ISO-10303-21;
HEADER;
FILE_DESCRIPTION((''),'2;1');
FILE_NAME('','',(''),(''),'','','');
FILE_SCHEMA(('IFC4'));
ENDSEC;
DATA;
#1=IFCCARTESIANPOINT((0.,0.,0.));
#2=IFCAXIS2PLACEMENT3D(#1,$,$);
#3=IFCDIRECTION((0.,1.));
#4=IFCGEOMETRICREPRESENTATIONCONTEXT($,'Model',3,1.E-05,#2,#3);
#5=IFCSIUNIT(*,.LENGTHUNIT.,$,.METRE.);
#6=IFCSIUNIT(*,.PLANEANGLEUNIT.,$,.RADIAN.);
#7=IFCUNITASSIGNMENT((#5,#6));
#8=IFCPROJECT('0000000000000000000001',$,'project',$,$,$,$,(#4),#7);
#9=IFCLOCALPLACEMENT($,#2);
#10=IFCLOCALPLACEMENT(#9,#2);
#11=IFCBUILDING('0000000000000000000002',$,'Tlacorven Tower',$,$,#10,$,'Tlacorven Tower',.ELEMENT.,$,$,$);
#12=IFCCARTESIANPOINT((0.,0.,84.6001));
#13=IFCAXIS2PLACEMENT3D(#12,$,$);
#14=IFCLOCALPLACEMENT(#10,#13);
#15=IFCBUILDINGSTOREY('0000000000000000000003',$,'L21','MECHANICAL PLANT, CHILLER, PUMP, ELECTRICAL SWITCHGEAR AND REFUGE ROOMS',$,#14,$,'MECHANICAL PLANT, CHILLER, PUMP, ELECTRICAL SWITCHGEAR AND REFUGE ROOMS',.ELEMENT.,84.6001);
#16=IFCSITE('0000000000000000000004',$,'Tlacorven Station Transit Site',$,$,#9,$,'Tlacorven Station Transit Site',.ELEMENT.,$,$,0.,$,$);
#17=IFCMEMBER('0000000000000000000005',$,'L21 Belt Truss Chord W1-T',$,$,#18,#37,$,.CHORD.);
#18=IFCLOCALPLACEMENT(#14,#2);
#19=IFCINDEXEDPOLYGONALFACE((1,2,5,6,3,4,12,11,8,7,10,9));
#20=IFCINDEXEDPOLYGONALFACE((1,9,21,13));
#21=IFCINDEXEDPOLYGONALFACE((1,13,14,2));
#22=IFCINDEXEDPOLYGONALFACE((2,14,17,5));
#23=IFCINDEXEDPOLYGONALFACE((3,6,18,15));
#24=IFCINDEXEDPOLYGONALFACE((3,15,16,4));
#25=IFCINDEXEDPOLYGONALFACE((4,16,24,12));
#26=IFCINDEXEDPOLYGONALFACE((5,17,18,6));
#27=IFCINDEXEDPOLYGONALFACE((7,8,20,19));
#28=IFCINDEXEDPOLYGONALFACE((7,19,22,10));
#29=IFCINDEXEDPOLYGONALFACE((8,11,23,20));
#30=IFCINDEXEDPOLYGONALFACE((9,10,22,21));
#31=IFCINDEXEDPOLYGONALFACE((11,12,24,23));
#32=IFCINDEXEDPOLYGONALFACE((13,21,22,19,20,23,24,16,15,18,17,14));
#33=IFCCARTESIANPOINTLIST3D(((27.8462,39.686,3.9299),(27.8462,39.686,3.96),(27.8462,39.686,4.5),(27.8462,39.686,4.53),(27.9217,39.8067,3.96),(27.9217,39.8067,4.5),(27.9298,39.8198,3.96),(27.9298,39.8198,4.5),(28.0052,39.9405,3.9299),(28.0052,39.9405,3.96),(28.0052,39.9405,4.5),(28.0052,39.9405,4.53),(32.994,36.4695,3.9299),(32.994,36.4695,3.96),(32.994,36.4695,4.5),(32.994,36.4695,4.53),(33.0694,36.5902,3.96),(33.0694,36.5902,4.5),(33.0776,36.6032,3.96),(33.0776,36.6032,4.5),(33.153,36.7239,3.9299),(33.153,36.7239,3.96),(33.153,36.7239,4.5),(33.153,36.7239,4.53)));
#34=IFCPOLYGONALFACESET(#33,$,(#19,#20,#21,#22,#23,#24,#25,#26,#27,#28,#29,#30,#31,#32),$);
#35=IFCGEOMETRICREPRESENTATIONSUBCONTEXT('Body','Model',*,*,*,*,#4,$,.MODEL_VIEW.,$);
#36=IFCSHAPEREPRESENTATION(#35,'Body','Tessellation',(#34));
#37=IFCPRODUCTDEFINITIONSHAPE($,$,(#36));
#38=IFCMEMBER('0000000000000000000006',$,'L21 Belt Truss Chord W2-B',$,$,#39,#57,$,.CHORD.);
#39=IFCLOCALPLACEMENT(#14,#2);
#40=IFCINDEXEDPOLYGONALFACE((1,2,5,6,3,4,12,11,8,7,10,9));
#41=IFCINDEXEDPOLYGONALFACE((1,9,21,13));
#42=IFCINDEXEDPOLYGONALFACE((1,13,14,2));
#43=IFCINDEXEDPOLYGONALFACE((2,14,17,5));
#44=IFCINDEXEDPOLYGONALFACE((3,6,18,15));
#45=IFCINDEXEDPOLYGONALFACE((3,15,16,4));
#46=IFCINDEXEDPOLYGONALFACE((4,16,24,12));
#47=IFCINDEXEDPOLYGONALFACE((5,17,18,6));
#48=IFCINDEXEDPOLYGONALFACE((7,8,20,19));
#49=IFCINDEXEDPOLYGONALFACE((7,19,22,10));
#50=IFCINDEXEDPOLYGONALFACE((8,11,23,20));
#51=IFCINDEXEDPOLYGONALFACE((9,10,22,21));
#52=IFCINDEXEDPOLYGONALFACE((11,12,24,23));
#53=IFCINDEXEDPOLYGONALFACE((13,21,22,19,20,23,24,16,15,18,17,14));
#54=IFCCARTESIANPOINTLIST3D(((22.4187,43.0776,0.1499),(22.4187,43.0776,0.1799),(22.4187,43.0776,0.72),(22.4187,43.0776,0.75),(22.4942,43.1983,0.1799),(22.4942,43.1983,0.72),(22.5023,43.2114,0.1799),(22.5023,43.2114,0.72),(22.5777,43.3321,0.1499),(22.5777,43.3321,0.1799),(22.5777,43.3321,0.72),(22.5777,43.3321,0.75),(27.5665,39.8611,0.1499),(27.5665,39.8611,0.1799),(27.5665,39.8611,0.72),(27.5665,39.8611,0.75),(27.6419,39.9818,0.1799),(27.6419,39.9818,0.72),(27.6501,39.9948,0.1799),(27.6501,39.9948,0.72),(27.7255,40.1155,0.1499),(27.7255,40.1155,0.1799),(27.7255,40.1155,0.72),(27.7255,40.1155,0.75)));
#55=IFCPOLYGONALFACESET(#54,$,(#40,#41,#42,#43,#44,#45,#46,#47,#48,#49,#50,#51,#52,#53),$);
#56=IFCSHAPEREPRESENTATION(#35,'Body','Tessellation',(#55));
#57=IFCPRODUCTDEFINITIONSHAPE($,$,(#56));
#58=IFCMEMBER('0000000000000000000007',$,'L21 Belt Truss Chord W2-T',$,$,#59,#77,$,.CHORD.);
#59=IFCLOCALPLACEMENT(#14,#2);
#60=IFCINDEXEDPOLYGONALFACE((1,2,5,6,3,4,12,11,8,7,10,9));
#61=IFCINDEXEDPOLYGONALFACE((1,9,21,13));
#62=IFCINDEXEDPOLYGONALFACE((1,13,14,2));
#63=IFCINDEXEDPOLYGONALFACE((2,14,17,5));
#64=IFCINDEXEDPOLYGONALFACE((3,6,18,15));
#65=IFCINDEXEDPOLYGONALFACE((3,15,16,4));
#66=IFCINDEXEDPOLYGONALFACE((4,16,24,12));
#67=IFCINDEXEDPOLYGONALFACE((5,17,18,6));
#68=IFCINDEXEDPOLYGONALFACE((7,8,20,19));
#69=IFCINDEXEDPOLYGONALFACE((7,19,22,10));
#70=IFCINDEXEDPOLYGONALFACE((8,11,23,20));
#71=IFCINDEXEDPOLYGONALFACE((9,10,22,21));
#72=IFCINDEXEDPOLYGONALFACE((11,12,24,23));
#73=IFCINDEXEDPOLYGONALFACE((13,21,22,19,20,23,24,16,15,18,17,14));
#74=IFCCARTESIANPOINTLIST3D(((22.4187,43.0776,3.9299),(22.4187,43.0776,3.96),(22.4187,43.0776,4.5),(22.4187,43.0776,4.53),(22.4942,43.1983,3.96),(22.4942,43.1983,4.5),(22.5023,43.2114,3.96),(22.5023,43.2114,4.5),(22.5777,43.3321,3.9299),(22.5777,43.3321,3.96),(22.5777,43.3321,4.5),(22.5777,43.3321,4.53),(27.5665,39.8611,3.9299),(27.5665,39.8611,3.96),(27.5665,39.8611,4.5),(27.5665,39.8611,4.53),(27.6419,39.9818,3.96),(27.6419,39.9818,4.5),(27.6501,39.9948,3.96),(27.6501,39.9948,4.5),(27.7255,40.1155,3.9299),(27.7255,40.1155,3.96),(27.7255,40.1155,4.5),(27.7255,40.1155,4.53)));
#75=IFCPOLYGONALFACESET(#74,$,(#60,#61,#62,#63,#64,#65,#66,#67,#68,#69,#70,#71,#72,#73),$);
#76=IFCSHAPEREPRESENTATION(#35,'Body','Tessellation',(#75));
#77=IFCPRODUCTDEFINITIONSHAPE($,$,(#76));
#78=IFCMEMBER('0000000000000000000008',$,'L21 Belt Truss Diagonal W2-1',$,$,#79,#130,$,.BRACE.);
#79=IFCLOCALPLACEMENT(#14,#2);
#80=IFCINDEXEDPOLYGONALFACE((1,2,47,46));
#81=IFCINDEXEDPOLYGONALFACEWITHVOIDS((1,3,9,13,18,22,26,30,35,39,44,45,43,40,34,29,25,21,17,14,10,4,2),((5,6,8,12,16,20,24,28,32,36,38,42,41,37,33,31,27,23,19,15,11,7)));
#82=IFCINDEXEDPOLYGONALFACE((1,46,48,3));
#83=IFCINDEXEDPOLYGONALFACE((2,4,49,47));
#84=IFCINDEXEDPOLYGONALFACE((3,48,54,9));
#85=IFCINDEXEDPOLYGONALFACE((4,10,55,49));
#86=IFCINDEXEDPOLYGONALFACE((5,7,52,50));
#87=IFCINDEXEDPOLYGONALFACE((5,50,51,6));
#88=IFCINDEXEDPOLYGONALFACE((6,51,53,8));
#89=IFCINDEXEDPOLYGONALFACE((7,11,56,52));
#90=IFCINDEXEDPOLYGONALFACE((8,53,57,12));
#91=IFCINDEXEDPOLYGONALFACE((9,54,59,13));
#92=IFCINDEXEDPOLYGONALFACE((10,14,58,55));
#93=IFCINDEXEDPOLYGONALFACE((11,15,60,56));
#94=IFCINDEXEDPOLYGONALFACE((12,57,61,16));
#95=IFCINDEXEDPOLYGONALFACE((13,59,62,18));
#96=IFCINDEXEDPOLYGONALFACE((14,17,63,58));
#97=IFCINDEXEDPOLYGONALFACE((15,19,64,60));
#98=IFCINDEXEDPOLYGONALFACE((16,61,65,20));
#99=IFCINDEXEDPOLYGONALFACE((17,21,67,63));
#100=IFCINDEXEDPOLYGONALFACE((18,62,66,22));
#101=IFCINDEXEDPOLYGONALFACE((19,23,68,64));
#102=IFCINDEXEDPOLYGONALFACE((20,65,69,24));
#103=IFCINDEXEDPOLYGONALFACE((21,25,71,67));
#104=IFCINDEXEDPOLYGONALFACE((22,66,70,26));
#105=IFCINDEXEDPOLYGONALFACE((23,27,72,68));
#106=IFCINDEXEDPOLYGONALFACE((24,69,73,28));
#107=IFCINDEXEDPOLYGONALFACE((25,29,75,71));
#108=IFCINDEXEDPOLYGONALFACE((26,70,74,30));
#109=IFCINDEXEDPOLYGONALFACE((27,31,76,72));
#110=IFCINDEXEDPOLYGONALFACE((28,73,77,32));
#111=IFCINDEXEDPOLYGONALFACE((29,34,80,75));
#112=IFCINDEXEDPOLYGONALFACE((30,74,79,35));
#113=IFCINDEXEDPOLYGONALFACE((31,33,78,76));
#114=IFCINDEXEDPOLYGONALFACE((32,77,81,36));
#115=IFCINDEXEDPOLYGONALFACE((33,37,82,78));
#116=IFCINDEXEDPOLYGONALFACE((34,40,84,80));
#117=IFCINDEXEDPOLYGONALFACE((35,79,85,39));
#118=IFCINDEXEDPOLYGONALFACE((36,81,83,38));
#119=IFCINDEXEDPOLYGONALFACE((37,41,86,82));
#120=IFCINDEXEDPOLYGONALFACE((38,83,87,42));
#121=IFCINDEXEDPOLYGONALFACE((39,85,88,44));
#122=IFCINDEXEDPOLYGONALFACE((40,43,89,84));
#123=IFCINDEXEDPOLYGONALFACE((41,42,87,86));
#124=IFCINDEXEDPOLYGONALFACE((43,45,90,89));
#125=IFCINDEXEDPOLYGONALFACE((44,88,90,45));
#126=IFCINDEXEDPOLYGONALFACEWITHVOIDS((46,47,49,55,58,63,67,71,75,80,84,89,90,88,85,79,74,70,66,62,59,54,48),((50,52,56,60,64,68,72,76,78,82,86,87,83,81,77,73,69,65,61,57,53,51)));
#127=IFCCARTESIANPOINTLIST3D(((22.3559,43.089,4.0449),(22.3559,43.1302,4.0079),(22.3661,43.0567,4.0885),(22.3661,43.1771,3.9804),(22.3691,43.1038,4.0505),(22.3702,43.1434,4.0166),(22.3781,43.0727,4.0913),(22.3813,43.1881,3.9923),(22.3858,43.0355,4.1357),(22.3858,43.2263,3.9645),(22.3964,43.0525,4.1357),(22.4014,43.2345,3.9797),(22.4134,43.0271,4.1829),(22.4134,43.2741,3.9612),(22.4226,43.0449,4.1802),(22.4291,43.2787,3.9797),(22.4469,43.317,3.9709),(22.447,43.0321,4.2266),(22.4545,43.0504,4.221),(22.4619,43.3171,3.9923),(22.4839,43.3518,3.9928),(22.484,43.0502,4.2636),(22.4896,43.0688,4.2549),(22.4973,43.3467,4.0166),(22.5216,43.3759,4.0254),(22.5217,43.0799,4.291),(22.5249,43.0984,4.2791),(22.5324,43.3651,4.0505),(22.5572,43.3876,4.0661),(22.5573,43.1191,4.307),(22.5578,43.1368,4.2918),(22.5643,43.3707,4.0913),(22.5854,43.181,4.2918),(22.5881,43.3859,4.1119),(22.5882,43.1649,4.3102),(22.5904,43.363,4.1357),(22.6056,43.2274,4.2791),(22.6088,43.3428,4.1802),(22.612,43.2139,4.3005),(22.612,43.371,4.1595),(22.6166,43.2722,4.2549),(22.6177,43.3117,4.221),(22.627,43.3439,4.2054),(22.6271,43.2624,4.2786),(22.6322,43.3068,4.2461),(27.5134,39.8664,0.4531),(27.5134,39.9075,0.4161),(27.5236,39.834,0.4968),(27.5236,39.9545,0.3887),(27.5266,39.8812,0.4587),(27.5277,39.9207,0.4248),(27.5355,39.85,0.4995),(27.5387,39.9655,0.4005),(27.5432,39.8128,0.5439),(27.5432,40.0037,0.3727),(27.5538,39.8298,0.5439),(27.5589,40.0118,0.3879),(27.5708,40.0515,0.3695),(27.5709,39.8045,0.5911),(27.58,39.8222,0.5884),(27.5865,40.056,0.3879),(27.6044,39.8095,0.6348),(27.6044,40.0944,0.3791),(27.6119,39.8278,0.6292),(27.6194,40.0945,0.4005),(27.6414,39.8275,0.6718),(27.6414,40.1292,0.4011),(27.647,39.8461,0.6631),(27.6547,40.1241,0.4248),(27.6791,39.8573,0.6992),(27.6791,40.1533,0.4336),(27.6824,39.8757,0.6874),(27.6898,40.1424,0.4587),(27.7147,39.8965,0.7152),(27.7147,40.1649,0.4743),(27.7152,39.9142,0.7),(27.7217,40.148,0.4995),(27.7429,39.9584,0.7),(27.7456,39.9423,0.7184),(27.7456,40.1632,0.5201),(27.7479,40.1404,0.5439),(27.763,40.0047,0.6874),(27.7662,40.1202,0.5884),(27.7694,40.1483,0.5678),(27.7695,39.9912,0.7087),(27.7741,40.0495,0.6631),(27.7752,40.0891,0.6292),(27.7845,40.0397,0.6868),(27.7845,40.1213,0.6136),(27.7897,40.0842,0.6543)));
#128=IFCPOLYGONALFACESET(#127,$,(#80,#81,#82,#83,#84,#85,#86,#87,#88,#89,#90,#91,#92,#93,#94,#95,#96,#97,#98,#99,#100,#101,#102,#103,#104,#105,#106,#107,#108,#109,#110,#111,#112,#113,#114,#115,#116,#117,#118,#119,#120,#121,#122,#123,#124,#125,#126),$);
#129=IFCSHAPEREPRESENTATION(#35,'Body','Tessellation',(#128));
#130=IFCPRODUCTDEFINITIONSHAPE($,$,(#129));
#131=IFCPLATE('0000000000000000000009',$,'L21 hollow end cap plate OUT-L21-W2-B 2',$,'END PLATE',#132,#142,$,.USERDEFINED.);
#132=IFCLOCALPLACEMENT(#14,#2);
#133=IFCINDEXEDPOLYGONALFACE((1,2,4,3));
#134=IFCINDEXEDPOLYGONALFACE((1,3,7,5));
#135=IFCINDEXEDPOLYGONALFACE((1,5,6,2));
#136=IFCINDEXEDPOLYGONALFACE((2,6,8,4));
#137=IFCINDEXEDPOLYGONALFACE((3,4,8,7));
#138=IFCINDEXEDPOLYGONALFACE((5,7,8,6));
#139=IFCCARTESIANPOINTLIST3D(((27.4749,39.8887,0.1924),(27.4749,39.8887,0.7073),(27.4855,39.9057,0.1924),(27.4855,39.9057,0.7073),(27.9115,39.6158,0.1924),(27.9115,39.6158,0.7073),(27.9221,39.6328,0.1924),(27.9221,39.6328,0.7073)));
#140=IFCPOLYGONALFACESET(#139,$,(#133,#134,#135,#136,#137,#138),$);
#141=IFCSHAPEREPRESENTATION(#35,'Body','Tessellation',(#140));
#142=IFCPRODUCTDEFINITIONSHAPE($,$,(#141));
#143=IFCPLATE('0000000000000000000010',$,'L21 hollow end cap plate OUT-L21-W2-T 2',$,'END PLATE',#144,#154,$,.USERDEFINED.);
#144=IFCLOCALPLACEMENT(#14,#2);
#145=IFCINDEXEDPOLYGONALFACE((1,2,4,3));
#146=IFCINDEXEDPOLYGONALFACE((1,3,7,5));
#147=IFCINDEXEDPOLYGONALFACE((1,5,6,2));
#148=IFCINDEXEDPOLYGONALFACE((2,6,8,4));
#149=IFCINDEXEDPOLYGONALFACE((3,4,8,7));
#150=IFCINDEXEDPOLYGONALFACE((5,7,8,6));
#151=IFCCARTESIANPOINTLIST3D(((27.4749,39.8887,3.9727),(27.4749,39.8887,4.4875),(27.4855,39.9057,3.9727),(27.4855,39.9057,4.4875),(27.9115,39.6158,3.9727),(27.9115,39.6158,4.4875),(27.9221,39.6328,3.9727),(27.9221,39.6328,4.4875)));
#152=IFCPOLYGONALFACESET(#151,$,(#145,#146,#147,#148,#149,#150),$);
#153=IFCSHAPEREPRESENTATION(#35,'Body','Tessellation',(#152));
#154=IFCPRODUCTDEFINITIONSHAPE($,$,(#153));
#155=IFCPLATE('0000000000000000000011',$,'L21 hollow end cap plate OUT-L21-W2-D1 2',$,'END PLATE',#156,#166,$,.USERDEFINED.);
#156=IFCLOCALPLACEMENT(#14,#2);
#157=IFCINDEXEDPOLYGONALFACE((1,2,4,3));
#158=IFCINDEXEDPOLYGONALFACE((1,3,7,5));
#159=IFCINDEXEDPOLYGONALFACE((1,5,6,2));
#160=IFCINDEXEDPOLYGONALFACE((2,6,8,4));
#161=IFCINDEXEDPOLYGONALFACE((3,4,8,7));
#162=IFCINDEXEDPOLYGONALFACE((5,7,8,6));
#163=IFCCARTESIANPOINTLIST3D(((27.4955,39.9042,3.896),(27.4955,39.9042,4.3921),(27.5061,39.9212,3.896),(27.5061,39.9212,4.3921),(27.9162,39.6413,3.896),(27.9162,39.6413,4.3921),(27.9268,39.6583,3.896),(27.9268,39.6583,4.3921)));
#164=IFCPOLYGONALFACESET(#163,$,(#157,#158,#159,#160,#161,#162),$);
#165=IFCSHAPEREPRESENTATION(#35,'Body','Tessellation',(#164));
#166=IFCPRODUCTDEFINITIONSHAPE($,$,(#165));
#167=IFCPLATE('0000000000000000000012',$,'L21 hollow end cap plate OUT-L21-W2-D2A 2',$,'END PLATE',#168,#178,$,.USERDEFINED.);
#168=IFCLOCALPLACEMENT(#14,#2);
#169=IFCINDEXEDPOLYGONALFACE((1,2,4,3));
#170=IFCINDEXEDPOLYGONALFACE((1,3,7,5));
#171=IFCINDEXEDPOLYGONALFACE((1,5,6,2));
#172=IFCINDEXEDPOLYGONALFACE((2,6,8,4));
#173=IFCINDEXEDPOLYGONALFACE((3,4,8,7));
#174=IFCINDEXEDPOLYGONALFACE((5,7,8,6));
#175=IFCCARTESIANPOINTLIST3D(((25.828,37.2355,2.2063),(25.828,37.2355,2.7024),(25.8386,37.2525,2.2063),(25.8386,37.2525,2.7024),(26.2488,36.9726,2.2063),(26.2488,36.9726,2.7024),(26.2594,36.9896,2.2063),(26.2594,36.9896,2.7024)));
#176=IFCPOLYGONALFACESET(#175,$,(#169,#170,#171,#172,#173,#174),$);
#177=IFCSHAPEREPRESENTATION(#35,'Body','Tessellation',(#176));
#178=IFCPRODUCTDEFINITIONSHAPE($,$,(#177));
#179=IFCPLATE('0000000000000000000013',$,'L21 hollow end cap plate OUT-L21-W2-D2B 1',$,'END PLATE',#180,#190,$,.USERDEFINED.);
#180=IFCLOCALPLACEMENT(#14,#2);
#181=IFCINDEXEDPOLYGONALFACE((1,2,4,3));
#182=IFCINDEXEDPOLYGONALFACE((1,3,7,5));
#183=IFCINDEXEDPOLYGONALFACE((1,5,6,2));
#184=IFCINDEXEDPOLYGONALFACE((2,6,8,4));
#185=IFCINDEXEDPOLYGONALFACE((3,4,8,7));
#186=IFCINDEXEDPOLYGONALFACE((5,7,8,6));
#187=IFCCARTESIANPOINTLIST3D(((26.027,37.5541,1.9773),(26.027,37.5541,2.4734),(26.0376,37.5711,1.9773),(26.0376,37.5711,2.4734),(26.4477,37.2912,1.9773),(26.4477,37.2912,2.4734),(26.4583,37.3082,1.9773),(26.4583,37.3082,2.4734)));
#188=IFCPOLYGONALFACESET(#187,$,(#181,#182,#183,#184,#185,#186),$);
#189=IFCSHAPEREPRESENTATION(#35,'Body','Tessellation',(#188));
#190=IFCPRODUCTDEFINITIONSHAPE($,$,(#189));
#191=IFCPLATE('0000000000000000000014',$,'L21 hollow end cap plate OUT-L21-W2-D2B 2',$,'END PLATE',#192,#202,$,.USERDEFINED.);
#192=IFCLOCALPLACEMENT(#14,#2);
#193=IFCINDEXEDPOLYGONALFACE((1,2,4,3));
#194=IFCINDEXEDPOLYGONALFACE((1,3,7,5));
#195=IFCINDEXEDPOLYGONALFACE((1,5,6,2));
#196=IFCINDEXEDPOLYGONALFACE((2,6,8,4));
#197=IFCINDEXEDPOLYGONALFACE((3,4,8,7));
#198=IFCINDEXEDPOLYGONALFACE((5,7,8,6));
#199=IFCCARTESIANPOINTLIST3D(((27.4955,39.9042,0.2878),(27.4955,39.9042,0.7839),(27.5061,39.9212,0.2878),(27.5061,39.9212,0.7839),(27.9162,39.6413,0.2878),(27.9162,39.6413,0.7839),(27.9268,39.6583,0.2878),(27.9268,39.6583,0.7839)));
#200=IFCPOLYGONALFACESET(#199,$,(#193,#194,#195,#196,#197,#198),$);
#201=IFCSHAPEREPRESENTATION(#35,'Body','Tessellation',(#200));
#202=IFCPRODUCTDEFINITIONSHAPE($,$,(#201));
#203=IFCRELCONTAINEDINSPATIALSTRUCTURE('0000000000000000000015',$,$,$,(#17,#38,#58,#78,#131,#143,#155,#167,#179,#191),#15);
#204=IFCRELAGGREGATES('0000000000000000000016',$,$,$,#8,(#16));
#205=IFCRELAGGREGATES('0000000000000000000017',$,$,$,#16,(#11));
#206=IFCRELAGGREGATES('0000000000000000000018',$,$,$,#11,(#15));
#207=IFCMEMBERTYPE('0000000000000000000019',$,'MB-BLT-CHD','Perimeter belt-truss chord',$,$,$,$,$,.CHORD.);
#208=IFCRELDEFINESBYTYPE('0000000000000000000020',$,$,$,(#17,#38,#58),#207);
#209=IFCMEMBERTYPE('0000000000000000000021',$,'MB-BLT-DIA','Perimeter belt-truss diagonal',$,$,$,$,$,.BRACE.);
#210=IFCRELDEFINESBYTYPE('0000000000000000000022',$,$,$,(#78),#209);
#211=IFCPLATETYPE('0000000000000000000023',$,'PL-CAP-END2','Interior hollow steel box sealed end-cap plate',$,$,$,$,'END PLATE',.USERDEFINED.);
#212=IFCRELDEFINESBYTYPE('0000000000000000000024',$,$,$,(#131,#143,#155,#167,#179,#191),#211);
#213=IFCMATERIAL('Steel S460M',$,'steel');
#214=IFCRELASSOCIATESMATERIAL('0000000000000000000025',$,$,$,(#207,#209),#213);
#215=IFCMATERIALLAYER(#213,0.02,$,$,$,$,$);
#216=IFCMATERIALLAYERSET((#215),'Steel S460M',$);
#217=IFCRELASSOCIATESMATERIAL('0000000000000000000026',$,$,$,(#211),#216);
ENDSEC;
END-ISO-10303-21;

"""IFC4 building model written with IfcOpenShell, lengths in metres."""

from ifc_helpers import new_model, si_unit, direction, frame, origin, origin_2d, place, context, subcontext, project, spatial, rectangle, hollow_circle, i_section, extrude, source, transform, mapped, material, layer, layer_set, material_profile, profile_set, type_object, element, save


model = new_model("IFC4")

# Units and contexts
model_context = context("Model", 3, precision=1e-05, world=origin(), true_north=direction((0.0, 1.0)))
body_context = subcontext(model_context, "Body", "Model", "MODEL_VIEW")
ifc_project = project(units=[si_unit("LENGTHUNIT", "METRE"), si_unit("PLANEANGLEUNIT", "RADIAN")], contexts=[model_context])

# Site, building, storey
site_placement = place(None, origin())
site = spatial("IfcSite", under=ifc_project, at=site_placement, Name="Tlacorven Station Transit Site", LongName="Tlacorven Station Transit Site", CompositionType="ELEMENT", RefElevation=0.0)
building_placement = place(site_placement, origin())
building = spatial("IfcBuilding", under=site, at=building_placement, Name="Tlacorven Tower", LongName="Tlacorven Tower", CompositionType="ELEMENT")
storey_placement = place(building_placement, frame((0.0, 0.0, 84.6001)))
storey = spatial("IfcBuildingStorey", under=building, at=storey_placement, Name="L21", Description="MECHANICAL PLANT, CHILLER, PUMP, ELECTRICAL SWITCHGEAR AND REFUGE ROOMS", LongName="MECHANICAL PLANT, CHILLER, PUMP, ELECTRICAL SWITCHGEAR AND REFUGE ROOMS", CompositionType="ELEMENT", Elevation=84.6001)

# Shared definitions
ifc_material_1 = material(Name="Steel S460M", Category="steel")

# Members
ifc_material_profile_1 = material_profile(ifc_material_1, i_section(OverallWidth=0.3, OverallDepth=0.6001, WebThickness=0.0154, FlangeThickness=0.03, at=origin_2d()), Name="HEB 600")
ifc_profile_set_1 = profile_set([ifc_material_profile_1], Name="Steel S460M")
member_type_1 = type_object("IfcMemberType", Name="MB-BLT-CHD", Description="Perimeter belt-truss chord", PredefinedType="CHORD", material=ifc_profile_set_1)
shared_shape_1 = source(origin(), body_context, "Body", "SweptSolid", [
    extrude(i_section(OverallWidth=0.3, OverallDepth=0.6001, WebThickness=0.0154, FlangeThickness=0.03, at=origin_2d()), origin(), (0.0, 0.0, 1.0), 6.0701),
])
for number, where, z_axis, x_axis, name in (
    (1, (33.0735, 36.5967, 4.23), (-0.848055, 0.529909, 0.0), (-0.529909, -0.848055, 0.0), "L21 Belt Truss Chord W1-T"),
    (2, (27.646, 39.9883, 0.45), (-0.848055, 0.529909, 0.0), (-0.529909, -0.848055, 0.0), "L21 Belt Truss Chord W2-B"),
    (3, (27.646, 39.9883, 4.23), (-0.848055, 0.529909, 0.0), (-0.529909, -0.848055, 0.0), "L21 Belt Truss Chord W2-T"),
):
    element("IfcMember", number, at=place(storey_placement, frame(where, z_axis=z_axis, x_axis=x_axis)), inside=storey, type_object=member_type_1, Name=name, PredefinedType="CHORD", context=body_context, shape_type="MappedRepresentation", body=[
        mapped(shared_shape_1, transform((0.0, 0.0, 0.0), scale=1.0)),
    ])
ifc_material_profile_2 = material_profile(ifc_material_1, hollow_circle(Radius=0.2031, WallThickness=0.02, at=origin_2d()), Name="CHS 406.4X20")
ifc_profile_set_2 = profile_set([ifc_material_profile_2], Name="Steel S460M")
member_type_2 = type_object("IfcMemberType", Name="MB-BLT-DIA", Description="Perimeter belt-truss diagonal", PredefinedType="BRACE", material=ifc_profile_set_2)
shared_shape_2 = source(origin(), body_context, "Body", "SweptSolid", [
    extrude(hollow_circle(Radius=0.2031, WallThickness=0.02, at=origin_2d()), origin(), (0.0, 0.0, 1.0), 7.063),
])
member_1_placement = place(storey_placement, frame((27.6509, 39.9851, 0.5439), z_axis=(-0.730209, 0.456273, 0.508537), x_axis=(-0.529909, -0.848055, 0.0)))
element("IfcMember", 4, at=member_1_placement, inside=storey, type_object=member_type_2, Name="L21 Belt Truss Diagonal W2-1", PredefinedType="BRACE", context=body_context, shape_type="MappedRepresentation", body=[
    mapped(shared_shape_2, transform((0.0, 0.0, 0.0), scale=1.0)),
])

# Plates
ifc_layer_1 = layer(ifc_material_1, 0.02)
ifc_layer_set_1 = layer_set([ifc_layer_1], Name="Steel S460M")
plate_type_1 = type_object("IfcPlateType", Name="PL-CAP-END2", Description="Interior hollow steel box sealed end-cap plate", ElementType="END PLATE", PredefinedType="USERDEFINED", material=ifc_layer_set_1)
shared_shape_3 = source(origin(), body_context, "Body", "SweptSolid", [
    extrude(rectangle(XDim=0.02, YDim=0.5149, at=origin_2d()), origin(), (0.0, 0.0, 1.0), 0.5149),
])
for number, where, z_axis, x_axis, name in (
    (5, (27.6985, 39.7607, 0.1924), (0.0, 0.0, 1.0), (0.529919, 0.848048, 0.0), "L21 hollow end cap plate OUT-L21-W2-B 2"),
    (6, (27.6985, 39.7607, 3.9727), (0.0, 0.0, 1.0), (0.529919, 0.848048, 0.0), "L21 hollow end cap plate OUT-L21-W2-T 2"),
):
    element("IfcPlate", number, at=place(storey_placement, frame(where, z_axis=z_axis, x_axis=x_axis)), inside=storey, type_object=plate_type_1, Name=name, ObjectType="END PLATE", PredefinedType="USERDEFINED", context=body_context, shape_type="MappedRepresentation", body=[
        mapped(shared_shape_3, transform((0.0, 0.0, 0.0), scale=1.0)),
    ])
shared_shape_4 = source(origin(), body_context, "Body", "SweptSolid", [
    extrude(rectangle(XDim=0.02, YDim=0.4961, at=origin_2d()), origin(), (0.0, 0.0, 1.0), 0.4961),
])
for number, where, z_axis, x_axis, name in (
    (7, (27.7112, 39.7812, 3.896), (0.0, 0.0, 1.0), (0.529919, 0.848048, 0.0), "L21 hollow end cap plate OUT-L21-W2-D1 2"),
    (8, (26.0437, 37.1125, 2.2063), (0.0, 0.0, 1.0), (0.529919, 0.848048, 0.0), "L21 hollow end cap plate OUT-L21-W2-D2A 2"),
    (9, (26.2427, 37.4312, 1.9773), (0.0, 0.0, 1.0), (0.52992, 0.848048, 0.0), "L21 hollow end cap plate OUT-L21-W2-D2B 1"),
    (10, (27.7112, 39.7812, 0.2878), (0.0, 0.0, 1.0), (0.52992, 0.848048, 0.0), "L21 hollow end cap plate OUT-L21-W2-D2B 2"),
):
    element("IfcPlate", number, at=place(storey_placement, frame(where, z_axis=z_axis, x_axis=x_axis)), inside=storey, type_object=plate_type_1, Name=name, ObjectType="END PLATE", PredefinedType="USERDEFINED", context=body_context, shape_type="MappedRepresentation", body=[
        mapped(shared_shape_4, transform((0.0, 0.0, 0.0), scale=1.0)),
    ])

save(model, "model.ifc")
